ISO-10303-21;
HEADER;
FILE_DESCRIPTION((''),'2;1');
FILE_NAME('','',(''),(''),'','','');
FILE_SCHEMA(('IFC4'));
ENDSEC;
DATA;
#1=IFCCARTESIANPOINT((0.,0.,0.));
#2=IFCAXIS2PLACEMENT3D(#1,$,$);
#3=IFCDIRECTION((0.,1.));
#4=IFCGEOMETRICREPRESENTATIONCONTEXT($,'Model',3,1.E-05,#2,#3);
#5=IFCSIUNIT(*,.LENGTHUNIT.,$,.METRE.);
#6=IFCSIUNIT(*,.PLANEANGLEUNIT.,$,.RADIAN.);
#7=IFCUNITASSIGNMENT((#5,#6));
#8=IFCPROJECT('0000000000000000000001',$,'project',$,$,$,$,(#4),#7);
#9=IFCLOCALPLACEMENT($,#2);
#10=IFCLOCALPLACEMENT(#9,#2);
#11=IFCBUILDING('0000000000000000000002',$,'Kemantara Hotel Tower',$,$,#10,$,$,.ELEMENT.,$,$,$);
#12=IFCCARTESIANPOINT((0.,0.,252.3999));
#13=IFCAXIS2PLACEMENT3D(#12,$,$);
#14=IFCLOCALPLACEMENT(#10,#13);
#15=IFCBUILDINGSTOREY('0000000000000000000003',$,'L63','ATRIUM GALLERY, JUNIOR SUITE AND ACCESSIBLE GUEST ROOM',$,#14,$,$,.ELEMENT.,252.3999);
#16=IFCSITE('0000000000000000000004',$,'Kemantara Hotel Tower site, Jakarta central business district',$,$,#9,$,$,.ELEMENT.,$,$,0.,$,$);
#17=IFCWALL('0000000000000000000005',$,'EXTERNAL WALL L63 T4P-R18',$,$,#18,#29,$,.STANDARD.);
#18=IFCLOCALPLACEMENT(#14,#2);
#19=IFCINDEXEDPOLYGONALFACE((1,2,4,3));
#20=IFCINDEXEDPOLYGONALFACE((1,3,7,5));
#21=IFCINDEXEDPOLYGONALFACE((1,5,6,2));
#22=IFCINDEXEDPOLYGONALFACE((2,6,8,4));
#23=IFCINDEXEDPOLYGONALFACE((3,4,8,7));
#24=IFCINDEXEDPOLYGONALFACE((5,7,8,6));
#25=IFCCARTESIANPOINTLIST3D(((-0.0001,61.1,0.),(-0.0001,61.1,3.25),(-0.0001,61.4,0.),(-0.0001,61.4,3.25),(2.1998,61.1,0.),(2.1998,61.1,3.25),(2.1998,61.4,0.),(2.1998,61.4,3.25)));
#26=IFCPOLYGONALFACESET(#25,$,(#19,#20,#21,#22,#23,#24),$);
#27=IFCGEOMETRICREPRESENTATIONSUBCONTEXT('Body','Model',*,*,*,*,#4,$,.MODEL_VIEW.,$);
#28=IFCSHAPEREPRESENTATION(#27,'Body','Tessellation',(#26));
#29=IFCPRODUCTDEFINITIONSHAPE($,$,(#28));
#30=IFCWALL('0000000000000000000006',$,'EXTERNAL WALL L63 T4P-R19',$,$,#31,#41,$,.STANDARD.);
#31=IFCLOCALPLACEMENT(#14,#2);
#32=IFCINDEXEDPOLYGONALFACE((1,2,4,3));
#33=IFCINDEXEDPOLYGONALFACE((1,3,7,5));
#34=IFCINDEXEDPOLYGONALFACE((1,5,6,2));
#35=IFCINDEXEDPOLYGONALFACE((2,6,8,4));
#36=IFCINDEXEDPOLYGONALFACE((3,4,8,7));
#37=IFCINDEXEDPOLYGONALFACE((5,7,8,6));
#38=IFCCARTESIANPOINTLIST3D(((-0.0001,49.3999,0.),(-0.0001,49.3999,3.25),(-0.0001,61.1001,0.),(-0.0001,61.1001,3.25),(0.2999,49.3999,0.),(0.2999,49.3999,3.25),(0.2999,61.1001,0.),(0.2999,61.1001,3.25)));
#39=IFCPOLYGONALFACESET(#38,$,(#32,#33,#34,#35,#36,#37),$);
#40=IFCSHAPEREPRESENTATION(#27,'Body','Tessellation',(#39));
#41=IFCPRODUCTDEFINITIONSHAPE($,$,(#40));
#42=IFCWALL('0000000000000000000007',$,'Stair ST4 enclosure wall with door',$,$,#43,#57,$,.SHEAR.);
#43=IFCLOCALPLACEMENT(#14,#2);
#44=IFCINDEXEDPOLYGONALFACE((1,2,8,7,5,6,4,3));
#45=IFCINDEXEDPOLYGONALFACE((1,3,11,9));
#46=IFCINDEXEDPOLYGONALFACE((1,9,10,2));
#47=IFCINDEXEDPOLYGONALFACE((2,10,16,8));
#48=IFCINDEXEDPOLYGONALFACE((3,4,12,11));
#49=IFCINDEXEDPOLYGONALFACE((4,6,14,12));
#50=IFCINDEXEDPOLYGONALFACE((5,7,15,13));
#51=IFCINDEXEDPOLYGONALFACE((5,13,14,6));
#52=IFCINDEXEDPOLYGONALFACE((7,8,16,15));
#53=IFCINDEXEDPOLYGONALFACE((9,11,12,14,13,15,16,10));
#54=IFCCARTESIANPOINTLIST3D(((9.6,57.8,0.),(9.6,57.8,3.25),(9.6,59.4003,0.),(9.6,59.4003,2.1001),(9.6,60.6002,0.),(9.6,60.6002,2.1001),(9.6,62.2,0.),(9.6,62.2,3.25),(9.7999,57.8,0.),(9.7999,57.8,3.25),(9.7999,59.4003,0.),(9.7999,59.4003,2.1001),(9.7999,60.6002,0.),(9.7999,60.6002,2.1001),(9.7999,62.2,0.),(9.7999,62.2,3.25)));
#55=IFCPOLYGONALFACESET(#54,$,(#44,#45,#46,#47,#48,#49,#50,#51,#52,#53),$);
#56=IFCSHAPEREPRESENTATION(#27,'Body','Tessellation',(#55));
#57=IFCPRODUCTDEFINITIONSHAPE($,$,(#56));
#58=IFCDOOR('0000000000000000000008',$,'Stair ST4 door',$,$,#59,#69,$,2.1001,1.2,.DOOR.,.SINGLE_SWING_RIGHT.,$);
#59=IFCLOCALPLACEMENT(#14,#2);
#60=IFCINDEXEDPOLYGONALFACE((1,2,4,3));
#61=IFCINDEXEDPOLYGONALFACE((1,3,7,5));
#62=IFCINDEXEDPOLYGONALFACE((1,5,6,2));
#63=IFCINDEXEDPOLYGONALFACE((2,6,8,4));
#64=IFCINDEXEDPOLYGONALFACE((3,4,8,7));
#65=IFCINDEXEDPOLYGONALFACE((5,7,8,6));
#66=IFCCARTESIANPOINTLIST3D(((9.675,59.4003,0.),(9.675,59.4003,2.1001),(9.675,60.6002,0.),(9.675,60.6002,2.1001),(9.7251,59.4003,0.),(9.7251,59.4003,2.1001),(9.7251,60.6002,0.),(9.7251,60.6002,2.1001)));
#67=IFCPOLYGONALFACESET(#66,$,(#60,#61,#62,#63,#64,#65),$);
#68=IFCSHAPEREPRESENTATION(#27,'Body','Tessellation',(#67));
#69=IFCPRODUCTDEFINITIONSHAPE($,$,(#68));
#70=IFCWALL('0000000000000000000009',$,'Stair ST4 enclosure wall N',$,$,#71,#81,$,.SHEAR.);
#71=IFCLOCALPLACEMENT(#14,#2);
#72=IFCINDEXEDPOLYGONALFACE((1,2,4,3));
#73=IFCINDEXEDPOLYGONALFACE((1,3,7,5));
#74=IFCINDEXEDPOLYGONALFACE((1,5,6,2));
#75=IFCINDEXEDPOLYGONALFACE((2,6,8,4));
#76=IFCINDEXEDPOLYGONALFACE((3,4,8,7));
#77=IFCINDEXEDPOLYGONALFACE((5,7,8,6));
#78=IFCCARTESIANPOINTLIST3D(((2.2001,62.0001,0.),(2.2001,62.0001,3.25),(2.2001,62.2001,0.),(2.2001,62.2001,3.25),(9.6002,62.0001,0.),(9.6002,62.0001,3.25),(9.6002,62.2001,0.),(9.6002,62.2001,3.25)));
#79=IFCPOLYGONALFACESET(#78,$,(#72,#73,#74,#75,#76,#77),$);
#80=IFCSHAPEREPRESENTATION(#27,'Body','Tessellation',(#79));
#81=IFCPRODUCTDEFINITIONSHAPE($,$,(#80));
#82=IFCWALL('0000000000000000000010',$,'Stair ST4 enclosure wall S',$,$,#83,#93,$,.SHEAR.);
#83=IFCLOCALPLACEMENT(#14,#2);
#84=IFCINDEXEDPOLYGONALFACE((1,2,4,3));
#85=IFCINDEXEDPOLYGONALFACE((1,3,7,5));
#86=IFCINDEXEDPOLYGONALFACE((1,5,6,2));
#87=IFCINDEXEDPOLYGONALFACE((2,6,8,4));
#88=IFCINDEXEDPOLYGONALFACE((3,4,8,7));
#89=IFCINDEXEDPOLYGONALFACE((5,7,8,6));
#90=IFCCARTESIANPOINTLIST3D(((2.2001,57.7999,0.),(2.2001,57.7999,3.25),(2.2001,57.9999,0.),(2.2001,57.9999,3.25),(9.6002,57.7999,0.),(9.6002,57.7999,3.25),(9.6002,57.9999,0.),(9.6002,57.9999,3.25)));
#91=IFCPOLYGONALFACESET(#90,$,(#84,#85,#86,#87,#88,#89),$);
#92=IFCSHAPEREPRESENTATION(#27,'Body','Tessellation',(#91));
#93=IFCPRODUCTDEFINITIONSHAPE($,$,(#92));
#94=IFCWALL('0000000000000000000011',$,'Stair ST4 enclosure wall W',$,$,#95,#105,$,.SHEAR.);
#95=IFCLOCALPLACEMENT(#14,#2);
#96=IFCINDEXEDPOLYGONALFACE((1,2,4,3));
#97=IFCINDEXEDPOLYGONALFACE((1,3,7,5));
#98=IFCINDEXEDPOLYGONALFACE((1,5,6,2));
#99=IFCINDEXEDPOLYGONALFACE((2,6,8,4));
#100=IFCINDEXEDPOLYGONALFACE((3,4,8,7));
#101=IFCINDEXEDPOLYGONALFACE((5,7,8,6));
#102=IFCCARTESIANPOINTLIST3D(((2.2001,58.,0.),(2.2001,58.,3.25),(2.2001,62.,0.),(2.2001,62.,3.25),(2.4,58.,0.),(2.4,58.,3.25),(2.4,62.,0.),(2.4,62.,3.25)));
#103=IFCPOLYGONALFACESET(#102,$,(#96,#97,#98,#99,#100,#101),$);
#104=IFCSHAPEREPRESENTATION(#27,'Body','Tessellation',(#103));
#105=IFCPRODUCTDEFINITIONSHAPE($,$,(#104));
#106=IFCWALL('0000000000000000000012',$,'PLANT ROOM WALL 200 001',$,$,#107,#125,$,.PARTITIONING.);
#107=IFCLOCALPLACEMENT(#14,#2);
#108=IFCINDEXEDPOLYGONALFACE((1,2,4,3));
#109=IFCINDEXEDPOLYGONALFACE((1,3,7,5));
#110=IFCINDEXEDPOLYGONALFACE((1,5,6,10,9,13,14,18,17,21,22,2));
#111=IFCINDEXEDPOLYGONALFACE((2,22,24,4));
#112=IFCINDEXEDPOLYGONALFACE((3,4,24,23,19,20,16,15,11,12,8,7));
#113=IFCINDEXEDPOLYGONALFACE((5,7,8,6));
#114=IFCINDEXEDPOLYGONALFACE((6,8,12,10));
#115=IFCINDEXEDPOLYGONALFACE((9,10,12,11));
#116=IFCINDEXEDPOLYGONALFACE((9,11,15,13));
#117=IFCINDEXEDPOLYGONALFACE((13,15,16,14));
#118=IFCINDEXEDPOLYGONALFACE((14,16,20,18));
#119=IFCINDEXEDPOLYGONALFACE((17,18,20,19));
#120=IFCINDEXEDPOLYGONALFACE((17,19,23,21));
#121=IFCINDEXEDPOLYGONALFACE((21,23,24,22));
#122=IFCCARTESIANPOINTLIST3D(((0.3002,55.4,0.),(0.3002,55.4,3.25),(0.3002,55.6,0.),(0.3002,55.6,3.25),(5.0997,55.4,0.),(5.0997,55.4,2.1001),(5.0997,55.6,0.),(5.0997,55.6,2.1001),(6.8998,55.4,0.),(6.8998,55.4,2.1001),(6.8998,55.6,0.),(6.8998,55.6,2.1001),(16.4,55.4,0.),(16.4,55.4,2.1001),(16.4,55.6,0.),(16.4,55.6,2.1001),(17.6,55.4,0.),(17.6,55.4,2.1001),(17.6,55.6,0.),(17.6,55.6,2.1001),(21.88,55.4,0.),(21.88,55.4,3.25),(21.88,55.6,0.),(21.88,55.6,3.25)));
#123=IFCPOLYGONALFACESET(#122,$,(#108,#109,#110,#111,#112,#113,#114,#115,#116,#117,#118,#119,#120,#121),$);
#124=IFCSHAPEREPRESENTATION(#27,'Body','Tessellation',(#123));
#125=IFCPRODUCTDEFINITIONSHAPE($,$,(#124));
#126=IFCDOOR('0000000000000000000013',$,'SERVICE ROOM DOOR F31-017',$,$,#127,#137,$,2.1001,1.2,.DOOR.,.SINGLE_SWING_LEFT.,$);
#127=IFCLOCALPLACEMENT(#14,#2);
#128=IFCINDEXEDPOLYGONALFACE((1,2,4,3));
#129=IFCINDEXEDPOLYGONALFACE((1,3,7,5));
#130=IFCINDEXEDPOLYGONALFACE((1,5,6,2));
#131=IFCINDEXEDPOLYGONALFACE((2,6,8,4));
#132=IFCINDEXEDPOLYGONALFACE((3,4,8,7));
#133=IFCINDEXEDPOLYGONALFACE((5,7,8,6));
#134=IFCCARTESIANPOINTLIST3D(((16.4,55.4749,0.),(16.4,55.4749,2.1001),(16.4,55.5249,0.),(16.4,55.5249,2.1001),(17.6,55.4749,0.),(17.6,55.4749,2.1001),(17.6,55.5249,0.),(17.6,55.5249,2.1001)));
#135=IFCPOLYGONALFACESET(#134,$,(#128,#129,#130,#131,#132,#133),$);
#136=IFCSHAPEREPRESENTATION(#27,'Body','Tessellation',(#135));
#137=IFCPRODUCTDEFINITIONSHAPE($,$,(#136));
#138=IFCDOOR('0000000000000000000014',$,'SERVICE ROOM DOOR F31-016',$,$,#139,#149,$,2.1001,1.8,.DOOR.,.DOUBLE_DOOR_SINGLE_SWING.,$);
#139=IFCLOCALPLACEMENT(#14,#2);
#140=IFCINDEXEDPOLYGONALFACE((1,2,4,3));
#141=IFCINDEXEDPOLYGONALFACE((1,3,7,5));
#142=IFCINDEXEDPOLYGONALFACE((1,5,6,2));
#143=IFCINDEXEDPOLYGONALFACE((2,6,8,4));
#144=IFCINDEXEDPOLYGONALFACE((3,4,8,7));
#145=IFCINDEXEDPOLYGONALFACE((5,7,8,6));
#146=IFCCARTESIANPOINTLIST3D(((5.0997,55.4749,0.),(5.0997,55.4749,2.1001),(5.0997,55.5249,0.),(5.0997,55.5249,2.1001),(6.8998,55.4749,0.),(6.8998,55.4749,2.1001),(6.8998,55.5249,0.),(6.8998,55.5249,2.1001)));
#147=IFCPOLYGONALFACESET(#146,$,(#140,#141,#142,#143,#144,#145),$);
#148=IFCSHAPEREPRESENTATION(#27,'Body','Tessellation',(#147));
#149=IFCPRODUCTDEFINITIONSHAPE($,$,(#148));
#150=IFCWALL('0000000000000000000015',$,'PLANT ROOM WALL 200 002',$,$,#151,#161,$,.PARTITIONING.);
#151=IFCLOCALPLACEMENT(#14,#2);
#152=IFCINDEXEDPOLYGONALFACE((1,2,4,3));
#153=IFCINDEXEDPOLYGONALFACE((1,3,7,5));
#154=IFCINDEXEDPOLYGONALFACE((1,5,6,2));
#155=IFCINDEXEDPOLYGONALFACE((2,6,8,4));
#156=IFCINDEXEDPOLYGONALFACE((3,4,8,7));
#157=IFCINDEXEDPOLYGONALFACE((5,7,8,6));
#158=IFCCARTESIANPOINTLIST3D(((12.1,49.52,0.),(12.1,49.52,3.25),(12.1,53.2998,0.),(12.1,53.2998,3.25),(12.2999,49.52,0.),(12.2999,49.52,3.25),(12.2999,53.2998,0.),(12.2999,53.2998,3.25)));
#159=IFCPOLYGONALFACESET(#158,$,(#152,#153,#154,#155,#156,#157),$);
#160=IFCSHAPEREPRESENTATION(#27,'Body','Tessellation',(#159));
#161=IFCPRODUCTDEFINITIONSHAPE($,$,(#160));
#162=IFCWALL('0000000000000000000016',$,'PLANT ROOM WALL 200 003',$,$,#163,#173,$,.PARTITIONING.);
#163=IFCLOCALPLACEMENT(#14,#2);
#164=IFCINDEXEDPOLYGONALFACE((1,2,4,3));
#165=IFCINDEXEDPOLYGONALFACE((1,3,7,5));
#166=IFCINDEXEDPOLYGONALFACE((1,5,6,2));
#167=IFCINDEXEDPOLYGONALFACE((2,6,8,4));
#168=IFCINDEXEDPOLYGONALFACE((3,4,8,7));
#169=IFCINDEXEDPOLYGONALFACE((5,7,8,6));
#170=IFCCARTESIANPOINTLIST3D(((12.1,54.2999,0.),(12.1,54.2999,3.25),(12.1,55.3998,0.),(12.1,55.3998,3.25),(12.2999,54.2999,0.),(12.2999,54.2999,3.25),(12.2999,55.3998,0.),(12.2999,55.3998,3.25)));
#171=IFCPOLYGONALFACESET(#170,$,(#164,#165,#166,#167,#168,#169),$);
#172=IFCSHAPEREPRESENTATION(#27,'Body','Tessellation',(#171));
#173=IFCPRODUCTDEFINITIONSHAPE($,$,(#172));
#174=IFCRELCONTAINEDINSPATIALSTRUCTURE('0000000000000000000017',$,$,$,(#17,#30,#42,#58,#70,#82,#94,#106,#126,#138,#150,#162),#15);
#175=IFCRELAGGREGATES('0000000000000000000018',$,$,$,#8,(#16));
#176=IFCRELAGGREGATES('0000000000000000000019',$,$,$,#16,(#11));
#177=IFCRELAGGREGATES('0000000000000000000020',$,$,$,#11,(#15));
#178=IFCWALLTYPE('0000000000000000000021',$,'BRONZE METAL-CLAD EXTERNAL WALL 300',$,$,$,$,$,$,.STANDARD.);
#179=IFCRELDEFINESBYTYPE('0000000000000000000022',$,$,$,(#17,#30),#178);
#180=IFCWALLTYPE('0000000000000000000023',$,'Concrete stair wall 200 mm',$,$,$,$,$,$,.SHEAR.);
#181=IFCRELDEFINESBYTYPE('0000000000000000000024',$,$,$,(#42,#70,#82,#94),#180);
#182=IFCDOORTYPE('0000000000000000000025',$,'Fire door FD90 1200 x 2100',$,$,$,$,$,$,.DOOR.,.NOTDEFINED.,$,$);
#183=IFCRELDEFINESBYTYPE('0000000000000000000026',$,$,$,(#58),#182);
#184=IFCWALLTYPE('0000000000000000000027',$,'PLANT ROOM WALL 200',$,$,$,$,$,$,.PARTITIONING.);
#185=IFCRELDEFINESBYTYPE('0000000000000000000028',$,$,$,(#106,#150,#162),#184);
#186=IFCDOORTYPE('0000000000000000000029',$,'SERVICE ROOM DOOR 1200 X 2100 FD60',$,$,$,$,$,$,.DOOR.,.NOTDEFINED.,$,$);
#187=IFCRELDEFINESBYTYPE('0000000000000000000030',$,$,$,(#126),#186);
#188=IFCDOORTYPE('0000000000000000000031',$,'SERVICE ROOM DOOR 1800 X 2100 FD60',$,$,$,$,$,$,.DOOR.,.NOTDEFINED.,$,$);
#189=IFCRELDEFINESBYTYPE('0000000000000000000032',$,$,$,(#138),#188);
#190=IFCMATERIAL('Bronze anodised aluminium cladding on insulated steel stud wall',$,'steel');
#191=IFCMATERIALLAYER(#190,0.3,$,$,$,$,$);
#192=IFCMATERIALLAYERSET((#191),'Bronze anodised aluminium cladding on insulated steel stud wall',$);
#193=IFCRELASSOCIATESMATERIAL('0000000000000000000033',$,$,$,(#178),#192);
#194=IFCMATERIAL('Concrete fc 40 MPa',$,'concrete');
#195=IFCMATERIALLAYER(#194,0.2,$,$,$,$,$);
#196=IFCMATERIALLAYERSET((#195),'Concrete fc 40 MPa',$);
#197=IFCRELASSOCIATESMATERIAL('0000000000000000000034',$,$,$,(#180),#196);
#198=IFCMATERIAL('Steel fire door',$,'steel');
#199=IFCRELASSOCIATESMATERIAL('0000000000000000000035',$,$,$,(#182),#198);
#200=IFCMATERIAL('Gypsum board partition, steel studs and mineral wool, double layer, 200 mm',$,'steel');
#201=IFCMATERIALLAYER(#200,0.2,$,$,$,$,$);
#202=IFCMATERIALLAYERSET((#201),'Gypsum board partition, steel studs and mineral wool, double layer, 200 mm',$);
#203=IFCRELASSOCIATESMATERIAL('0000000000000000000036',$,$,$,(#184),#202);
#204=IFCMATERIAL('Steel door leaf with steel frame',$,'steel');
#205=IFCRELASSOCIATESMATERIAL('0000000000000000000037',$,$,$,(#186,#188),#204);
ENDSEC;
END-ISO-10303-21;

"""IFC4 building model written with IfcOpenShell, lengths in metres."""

from ifc_helpers import new_model, si_unit, direction, frame, frame_2d, origin, place, context, subcontext, project, spatial, rectangle, extrude, material, layer, layer_set, type_object, element, fill, save


model = new_model("IFC4")

# Units and contexts
model_context = context("Model", 3, precision=1e-05, world=origin(), true_north=direction((0.0, 1.0)))
body_context = subcontext(model_context, "Body", "Model", "MODEL_VIEW")
ifc_project = project(units=[si_unit("LENGTHUNIT", "METRE"), si_unit("PLANEANGLEUNIT", "RADIAN")], contexts=[model_context])

# Site, building, storey
site_placement = place(None, origin())
site = spatial("IfcSite", under=ifc_project, at=site_placement, Name="Kemantara Hotel Tower site, Jakarta central business district", CompositionType="ELEMENT", RefElevation=0.0)
building_placement = place(site_placement, origin())
building = spatial("IfcBuilding", under=site, at=building_placement, Name="Kemantara Hotel Tower", CompositionType="ELEMENT")
storey_placement = place(building_placement, frame((0.0, 0.0, 252.3999)))
storey = spatial("IfcBuildingStorey", under=building, at=storey_placement, Name="L63", Description="ATRIUM GALLERY, JUNIOR SUITE AND ACCESSIBLE GUEST ROOM", CompositionType="ELEMENT", Elevation=252.3999)

# Walls
ifc_material_1 = material(Name="Bronze anodised aluminium cladding on insulated steel stud wall", Category="steel")
ifc_layer_1 = layer(ifc_material_1, 0.3)
ifc_layer_set_1 = layer_set([ifc_layer_1], Name="Bronze anodised aluminium cladding on insulated steel stud wall")
wall_type_1 = type_object("IfcWallType", Name="BRONZE METAL-CLAD EXTERNAL WALL 300", PredefinedType="STANDARD", material=ifc_layer_set_1)
wall_1_placement = place(storey_placement, frame((2.2, 61.25, 0.0), z_axis=(0.0, 0.0, 1.0), x_axis=(-1.0, 0.0, 0.0)))
element("IfcWall", 1, at=wall_1_placement, inside=storey, type_object=wall_type_1, Name="EXTERNAL WALL L63 T4P-R18", PredefinedType="STANDARD", context=body_context, shape_type="SweptSolid", body=[
    extrude(rectangle(XDim=2.2, YDim=0.3, at=frame_2d((1.1001, 0.0))), origin(), (0.0, 0.0, 1.0), 3.25),
])
wall_2_placement = place(storey_placement, frame((0.1499, 61.1001, 0.0), z_axis=(0.0, 0.0, 1.0), x_axis=(0.0, -1.0, 0.0)))
element("IfcWall", 2, at=wall_2_placement, inside=storey, type_object=wall_type_1, Name="EXTERNAL WALL L63 T4P-R19", PredefinedType="STANDARD", context=body_context, shape_type="SweptSolid", body=[
    extrude(rectangle(XDim=11.7002, YDim=0.3, at=frame_2d((5.8501, 0.0))), origin(), (0.0, 0.0, 1.0), 3.25),
])

# Wall, opening, door
ifc_material_2 = material(Name="Concrete fc 40 MPa", Category="concrete")
ifc_layer_2 = layer(ifc_material_2, 0.2)
ifc_layer_set_2 = layer_set([ifc_layer_2], Name="Concrete fc 40 MPa")
wall_type_2 = type_object("IfcWallType", Name="Concrete stair wall 200 mm", PredefinedType="SHEAR", material=ifc_layer_set_2)
wall_3_placement = place(storey_placement, frame((9.7, 57.8, 0.0), z_axis=(0.0, 0.0, 1.0), x_axis=(0.0, 1.0, 0.0)))
wall_3 = element("IfcWall", 3, at=wall_3_placement, inside=storey, type_object=wall_type_2, Name="Stair ST4 enclosure wall with door", PredefinedType="SHEAR", context=body_context, shape_type="SweptSolid", body=[
    extrude(rectangle(XDim=4.3999, YDim=0.2, at=frame_2d((2.2, 0.0))), origin(), (0.0, 0.0, 1.0), 3.25),
])
opening_1_placement = place(wall_3_placement, frame((1.6001, 0.0, 0.0)))
opening_1 = element("IfcOpeningElement", 4, at=opening_1_placement, cuts=wall_3, PredefinedType="OPENING", context=body_context, shape_type="SweptSolid", body=[
    extrude(rectangle(XDim=1.2, YDim=2.1001, at=frame_2d((0.6001, 1.05))), frame((0.0, 0.1099, 0.0), z_axis=(0.0, -1.0, 0.0), x_axis=(1.0, 0.0, 0.0)), (0.0, 0.0, 1.0), 0.22),
])
ifc_material_3 = material(Name="Steel fire door", Category="steel")
door_type_1 = type_object("IfcDoorType", Name="Fire door FD90 1200 x 2100", OperationType="NOTDEFINED", PredefinedType="DOOR", material=ifc_material_3)
door_1_placement = place(opening_1_placement, origin())
door_1 = element("IfcDoor", 5, at=door_1_placement, inside=storey, type_object=door_type_1, Name="Stair ST4 door", OperationType="SINGLE_SWING_RIGHT", OverallHeight=2.1001, OverallWidth=1.2, PredefinedType="DOOR", context=body_context, shape_type="SweptSolid", body=[
    extrude(rectangle(XDim=1.2, YDim=2.1001, at=frame_2d((0.6001, 1.05))), frame((0.0, 0.0249, 0.0), z_axis=(0.0, -1.0, 0.0), x_axis=(1.0, 0.0, 0.0)), (0.0, 0.0, 1.0), 0.05),
])
fill(opening_1, door_1)

# Walls
for number, where, z_axis, x_axis, name in (
    (6, (2.2, 62.1001, 0.0), (0.0, 0.0, 1.0), (1.0, 0.0, 0.0), "Stair ST4 enclosure wall N"),
    (7, (2.2, 57.8999, 0.0), (0.0, 0.0, 1.0), (1.0, 0.0, 0.0), "Stair ST4 enclosure wall S"),
):
    element("IfcWall", number, at=place(storey_placement, frame(where, z_axis=z_axis, x_axis=x_axis)), inside=storey, type_object=wall_type_2, Name=name, PredefinedType="SHEAR", context=body_context, shape_type="SweptSolid", body=[
        extrude(rectangle(XDim=7.4001, YDim=0.2, at=frame_2d((3.7002, 0.0))), origin(), (0.0, 0.0, 1.0), 3.25),
    ])
wall_4_placement = place(storey_placement, frame((2.3, 58.0, 0.0), z_axis=(0.0, 0.0, 1.0), x_axis=(0.0, 1.0, 0.0)))
element("IfcWall", 8, at=wall_4_placement, inside=storey, type_object=wall_type_2, Name="Stair ST4 enclosure wall W", PredefinedType="SHEAR", context=body_context, shape_type="SweptSolid", body=[
    extrude(rectangle(XDim=4.0, YDim=0.2, at=frame_2d((2.0, 0.0))), origin(), (0.0, 0.0, 1.0), 3.25),
])

# Wall, openings, doors
ifc_material_4 = material(Name="Gypsum board partition, steel studs and mineral wool, double layer, 200 mm", Category="steel")
ifc_layer_3 = layer(ifc_material_4, 0.2)
ifc_layer_set_3 = layer_set([ifc_layer_3], Name="Gypsum board partition, steel studs and mineral wool, double layer, 200 mm")
wall_type_3 = type_object("IfcWallType", Name="PLANT ROOM WALL 200", PredefinedType="PARTITIONING", material=ifc_layer_set_3)
wall_5_placement = place(storey_placement, frame((0.3, 55.5, 0.0), z_axis=(0.0, 0.0, 1.0), x_axis=(1.0, 0.0, 0.0)))
wall_5 = element("IfcWall", 9, at=wall_5_placement, inside=storey, type_object=wall_type_3, Name="PLANT ROOM WALL 200 001", PredefinedType="PARTITIONING", context=body_context, shape_type="SweptSolid", body=[
    extrude(rectangle(XDim=21.5798, YDim=0.2, at=frame_2d((10.79, 0.0))), origin(), (0.0, 0.0, 1.0), 3.25),
])
opening_2_placement = place(wall_5_placement, frame((4.7998, 0.0, 0.0)))
opening_2 = element("IfcOpeningElement", 10, at=opening_2_placement, cuts=wall_5, PredefinedType="OPENING", context=body_context, shape_type="SweptSolid", body=[
    extrude(rectangle(XDim=1.8, YDim=2.1001, at=frame_2d((0.8999, 1.05))), frame((0.0, 0.1099, 0.0), z_axis=(0.0, -1.0, 0.0), x_axis=(1.0, 0.0, 0.0)), (0.0, 0.0, 1.0), 0.22),
])
opening_3_placement = place(wall_5_placement, frame((16.0999, 0.0, 0.0)))
opening_3 = element("IfcOpeningElement", 11, at=opening_3_placement, cuts=wall_5, PredefinedType="OPENING", context=body_context, shape_type="SweptSolid", body=[
    extrude(rectangle(XDim=1.2, YDim=2.1001, at=frame_2d((0.6001, 1.05))), frame((0.0, 0.1099, 0.0), z_axis=(0.0, -1.0, 0.0), x_axis=(1.0, 0.0, 0.0)), (0.0, 0.0, 1.0), 0.22),
])
ifc_material_5 = material(Name="Steel door leaf with steel frame", Category="steel")
door_type_2 = type_object("IfcDoorType", Name="SERVICE ROOM DOOR 1200 X 2100 FD60", OperationType="NOTDEFINED", PredefinedType="DOOR", material=ifc_material_5)
door_2_placement = place(opening_3_placement, origin())
door_2 = element("IfcDoor", 12, at=door_2_placement, inside=storey, type_object=door_type_2, Name="SERVICE ROOM DOOR F31-017", OperationType="SINGLE_SWING_LEFT", OverallHeight=2.1001, OverallWidth=1.2, PredefinedType="DOOR", context=body_context, shape_type="SweptSolid", body=[
    extrude(rectangle(XDim=1.2, YDim=2.1001, at=frame_2d((0.6001, 1.05))), frame((0.0, 0.0249, 0.0), z_axis=(0.0, -1.0, 0.0), x_axis=(1.0, 0.0, 0.0)), (0.0, 0.0, 1.0), 0.05),
])
fill(opening_3, door_2)
door_type_3 = type_object("IfcDoorType", Name="SERVICE ROOM DOOR 1800 X 2100 FD60", OperationType="NOTDEFINED", PredefinedType="DOOR", material=ifc_material_5)
door_3_placement = place(opening_2_placement, origin())
door_3 = element("IfcDoor", 13, at=door_3_placement, inside=storey, type_object=door_type_3, Name="SERVICE ROOM DOOR F31-016", OperationType="DOUBLE_DOOR_SINGLE_SWING", OverallHeight=2.1001, OverallWidth=1.8, PredefinedType="DOOR", context=body_context, shape_type="SweptSolid", body=[
    extrude(rectangle(XDim=1.8, YDim=2.1001, at=frame_2d((0.8999, 1.05))), frame((0.0, 0.0249, 0.0), z_axis=(0.0, -1.0, 0.0), x_axis=(1.0, 0.0, 0.0)), (0.0, 0.0, 1.0), 0.05),
])
fill(opening_2, door_3)

# Walls
wall_6_placement = place(storey_placement, frame((12.2, 49.52, 0.0), z_axis=(0.0, 0.0, 1.0), x_axis=(0.0, 1.0, 0.0)))
element("IfcWall", 14, at=wall_6_placement, inside=storey, type_object=wall_type_3, Name="PLANT ROOM WALL 200 002", PredefinedType="PARTITIONING", context=body_context, shape_type="SweptSolid", body=[
    extrude(rectangle(XDim=3.7798, YDim=0.2, at=frame_2d((1.8899, 0.0))), origin(), (0.0, 0.0, 1.0), 3.25),
])
wall_7_placement = place(storey_placement, frame((12.2, 54.3, 0.0), z_axis=(0.0, 0.0, 1.0), x_axis=(0.0, 1.0, 0.0)))
element("IfcWall", 15, at=wall_7_placement, inside=storey, type_object=wall_type_3, Name="PLANT ROOM WALL 200 003", PredefinedType="PARTITIONING", context=body_context, shape_type="SweptSolid", body=[
    extrude(rectangle(XDim=1.0999, YDim=0.2, at=frame_2d((0.5498, 0.0))), origin(), (0.0, 0.0, 1.0), 3.25),
])

save(model, "model.ifc")
